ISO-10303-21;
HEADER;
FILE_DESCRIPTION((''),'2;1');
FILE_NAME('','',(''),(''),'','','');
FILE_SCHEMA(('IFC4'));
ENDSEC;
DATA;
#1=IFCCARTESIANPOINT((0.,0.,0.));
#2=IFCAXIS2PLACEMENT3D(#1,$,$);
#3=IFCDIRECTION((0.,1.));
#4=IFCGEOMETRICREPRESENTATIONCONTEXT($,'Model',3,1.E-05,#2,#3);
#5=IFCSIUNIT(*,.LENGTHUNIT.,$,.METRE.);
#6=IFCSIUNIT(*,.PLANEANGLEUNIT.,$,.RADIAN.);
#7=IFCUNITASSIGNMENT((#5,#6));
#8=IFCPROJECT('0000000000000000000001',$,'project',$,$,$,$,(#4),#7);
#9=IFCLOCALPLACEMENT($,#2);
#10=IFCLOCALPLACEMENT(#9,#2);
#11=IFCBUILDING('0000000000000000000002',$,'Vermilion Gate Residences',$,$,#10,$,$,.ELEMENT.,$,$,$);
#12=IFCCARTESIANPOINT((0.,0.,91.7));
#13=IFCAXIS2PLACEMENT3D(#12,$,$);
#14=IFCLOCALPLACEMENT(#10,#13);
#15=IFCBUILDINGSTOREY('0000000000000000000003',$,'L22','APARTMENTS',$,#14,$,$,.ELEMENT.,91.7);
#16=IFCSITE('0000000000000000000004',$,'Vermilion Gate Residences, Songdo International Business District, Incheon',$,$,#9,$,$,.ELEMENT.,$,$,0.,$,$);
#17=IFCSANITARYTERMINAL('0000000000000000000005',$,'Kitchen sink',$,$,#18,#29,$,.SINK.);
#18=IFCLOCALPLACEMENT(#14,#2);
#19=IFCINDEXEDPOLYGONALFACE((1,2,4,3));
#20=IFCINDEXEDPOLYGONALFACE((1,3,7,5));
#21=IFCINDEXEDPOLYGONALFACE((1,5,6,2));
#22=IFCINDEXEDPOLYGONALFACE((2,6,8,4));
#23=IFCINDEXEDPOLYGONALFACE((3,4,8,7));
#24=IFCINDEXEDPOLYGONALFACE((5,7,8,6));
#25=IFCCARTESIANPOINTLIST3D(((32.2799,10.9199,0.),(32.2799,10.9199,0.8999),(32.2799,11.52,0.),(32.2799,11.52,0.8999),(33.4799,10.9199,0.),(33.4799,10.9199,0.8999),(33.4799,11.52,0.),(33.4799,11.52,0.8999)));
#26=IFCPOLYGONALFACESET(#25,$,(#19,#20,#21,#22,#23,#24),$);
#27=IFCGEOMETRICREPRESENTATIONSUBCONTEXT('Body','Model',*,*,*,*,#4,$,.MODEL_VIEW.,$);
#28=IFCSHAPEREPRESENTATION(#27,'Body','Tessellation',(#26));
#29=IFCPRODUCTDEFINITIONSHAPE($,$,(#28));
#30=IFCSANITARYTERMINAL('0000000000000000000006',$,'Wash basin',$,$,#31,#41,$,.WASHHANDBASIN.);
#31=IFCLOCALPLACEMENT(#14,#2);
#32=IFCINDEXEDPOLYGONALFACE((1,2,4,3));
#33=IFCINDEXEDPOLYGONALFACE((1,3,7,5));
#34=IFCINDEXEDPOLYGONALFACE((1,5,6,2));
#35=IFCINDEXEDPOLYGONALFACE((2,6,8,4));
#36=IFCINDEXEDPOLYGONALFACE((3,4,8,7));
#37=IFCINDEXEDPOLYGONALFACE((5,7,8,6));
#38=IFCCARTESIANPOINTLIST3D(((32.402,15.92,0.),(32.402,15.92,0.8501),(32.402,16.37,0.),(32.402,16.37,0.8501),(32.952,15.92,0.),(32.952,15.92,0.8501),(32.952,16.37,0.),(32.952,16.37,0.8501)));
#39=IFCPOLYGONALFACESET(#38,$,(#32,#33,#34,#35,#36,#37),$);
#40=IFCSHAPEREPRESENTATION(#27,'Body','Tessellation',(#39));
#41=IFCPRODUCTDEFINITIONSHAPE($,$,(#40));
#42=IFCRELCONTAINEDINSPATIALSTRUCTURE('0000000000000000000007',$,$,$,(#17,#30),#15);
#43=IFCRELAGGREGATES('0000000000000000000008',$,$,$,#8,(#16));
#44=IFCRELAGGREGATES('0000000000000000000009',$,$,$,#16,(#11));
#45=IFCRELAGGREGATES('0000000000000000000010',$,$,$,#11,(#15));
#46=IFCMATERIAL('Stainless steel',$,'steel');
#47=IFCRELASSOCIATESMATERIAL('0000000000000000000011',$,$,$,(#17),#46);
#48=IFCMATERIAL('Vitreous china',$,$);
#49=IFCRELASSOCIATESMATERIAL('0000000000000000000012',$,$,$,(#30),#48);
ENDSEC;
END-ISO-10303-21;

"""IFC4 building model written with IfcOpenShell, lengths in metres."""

from ifc_helpers import new_model, si_unit, direction, frame, origin, origin_2d, place, context, subcontext, project, spatial, rectangle, extrude, material, element, save


model = new_model("IFC4")

# Units and contexts
model_context = context("Model", 3, precision=1e-05, world=origin(), true_north=direction((0.0, 1.0)))
body_context = subcontext(model_context, "Body", "Model", "MODEL_VIEW")
ifc_project = project(units=[si_unit("LENGTHUNIT", "METRE"), si_unit("PLANEANGLEUNIT", "RADIAN")], contexts=[model_context])

# Site, building, storey
site_placement = place(None, origin())
site = spatial("IfcSite", under=ifc_project, at=site_placement, Name="Vermilion Gate Residences, Songdo International Business District, Incheon", CompositionType="ELEMENT", RefElevation=0.0)
building_placement = place(site_placement, origin())
building = spatial("IfcBuilding", under=site, at=building_placement, Name="Vermilion Gate Residences", CompositionType="ELEMENT")
storey_placement = place(building_placement, frame((0.0, 0.0, 91.7)))
storey = spatial("IfcBuildingStorey", under=building, at=storey_placement, Name="L22", Description="APARTMENTS", CompositionType="ELEMENT", Elevation=91.7)

# Sanitary terminals
ifc_material_1 = material(Name="Stainless steel", Category="steel")
sanitary_terminal_1_placement = place(storey_placement, frame((32.8799, 11.22, 0.0), z_axis=(0.0, 0.0, 1.0), x_axis=(1.0, 0.0, 0.0)))
element("IfcSanitaryTerminal", 1, at=sanitary_terminal_1_placement, inside=storey, material=ifc_material_1, Name="Kitchen sink", PredefinedType="SINK", context=body_context, shape_type="SweptSolid", body=[
    extrude(rectangle(XDim=1.2, YDim=0.6001, at=origin_2d()), origin(), (0.0, 0.0, 1.0), 0.8999),
])
ifc_material_2 = material(Name="Vitreous china")
sanitary_terminal_2_placement = place(storey_placement, frame((32.677, 16.145, 0.0), z_axis=(0.0, 0.0, 1.0), x_axis=(1.0, 0.0, 0.0)))
element("IfcSanitaryTerminal", 2, at=sanitary_terminal_2_placement, inside=storey, material=ifc_material_2, Name="Wash basin", PredefinedType="WASHHANDBASIN", context=body_context, shape_type="SweptSolid", body=[
    extrude(rectangle(XDim=0.55, YDim=0.45, at=origin_2d()), origin(), (0.0, 0.0, 1.0), 0.8501),
])

save(model, "model.ifc")
